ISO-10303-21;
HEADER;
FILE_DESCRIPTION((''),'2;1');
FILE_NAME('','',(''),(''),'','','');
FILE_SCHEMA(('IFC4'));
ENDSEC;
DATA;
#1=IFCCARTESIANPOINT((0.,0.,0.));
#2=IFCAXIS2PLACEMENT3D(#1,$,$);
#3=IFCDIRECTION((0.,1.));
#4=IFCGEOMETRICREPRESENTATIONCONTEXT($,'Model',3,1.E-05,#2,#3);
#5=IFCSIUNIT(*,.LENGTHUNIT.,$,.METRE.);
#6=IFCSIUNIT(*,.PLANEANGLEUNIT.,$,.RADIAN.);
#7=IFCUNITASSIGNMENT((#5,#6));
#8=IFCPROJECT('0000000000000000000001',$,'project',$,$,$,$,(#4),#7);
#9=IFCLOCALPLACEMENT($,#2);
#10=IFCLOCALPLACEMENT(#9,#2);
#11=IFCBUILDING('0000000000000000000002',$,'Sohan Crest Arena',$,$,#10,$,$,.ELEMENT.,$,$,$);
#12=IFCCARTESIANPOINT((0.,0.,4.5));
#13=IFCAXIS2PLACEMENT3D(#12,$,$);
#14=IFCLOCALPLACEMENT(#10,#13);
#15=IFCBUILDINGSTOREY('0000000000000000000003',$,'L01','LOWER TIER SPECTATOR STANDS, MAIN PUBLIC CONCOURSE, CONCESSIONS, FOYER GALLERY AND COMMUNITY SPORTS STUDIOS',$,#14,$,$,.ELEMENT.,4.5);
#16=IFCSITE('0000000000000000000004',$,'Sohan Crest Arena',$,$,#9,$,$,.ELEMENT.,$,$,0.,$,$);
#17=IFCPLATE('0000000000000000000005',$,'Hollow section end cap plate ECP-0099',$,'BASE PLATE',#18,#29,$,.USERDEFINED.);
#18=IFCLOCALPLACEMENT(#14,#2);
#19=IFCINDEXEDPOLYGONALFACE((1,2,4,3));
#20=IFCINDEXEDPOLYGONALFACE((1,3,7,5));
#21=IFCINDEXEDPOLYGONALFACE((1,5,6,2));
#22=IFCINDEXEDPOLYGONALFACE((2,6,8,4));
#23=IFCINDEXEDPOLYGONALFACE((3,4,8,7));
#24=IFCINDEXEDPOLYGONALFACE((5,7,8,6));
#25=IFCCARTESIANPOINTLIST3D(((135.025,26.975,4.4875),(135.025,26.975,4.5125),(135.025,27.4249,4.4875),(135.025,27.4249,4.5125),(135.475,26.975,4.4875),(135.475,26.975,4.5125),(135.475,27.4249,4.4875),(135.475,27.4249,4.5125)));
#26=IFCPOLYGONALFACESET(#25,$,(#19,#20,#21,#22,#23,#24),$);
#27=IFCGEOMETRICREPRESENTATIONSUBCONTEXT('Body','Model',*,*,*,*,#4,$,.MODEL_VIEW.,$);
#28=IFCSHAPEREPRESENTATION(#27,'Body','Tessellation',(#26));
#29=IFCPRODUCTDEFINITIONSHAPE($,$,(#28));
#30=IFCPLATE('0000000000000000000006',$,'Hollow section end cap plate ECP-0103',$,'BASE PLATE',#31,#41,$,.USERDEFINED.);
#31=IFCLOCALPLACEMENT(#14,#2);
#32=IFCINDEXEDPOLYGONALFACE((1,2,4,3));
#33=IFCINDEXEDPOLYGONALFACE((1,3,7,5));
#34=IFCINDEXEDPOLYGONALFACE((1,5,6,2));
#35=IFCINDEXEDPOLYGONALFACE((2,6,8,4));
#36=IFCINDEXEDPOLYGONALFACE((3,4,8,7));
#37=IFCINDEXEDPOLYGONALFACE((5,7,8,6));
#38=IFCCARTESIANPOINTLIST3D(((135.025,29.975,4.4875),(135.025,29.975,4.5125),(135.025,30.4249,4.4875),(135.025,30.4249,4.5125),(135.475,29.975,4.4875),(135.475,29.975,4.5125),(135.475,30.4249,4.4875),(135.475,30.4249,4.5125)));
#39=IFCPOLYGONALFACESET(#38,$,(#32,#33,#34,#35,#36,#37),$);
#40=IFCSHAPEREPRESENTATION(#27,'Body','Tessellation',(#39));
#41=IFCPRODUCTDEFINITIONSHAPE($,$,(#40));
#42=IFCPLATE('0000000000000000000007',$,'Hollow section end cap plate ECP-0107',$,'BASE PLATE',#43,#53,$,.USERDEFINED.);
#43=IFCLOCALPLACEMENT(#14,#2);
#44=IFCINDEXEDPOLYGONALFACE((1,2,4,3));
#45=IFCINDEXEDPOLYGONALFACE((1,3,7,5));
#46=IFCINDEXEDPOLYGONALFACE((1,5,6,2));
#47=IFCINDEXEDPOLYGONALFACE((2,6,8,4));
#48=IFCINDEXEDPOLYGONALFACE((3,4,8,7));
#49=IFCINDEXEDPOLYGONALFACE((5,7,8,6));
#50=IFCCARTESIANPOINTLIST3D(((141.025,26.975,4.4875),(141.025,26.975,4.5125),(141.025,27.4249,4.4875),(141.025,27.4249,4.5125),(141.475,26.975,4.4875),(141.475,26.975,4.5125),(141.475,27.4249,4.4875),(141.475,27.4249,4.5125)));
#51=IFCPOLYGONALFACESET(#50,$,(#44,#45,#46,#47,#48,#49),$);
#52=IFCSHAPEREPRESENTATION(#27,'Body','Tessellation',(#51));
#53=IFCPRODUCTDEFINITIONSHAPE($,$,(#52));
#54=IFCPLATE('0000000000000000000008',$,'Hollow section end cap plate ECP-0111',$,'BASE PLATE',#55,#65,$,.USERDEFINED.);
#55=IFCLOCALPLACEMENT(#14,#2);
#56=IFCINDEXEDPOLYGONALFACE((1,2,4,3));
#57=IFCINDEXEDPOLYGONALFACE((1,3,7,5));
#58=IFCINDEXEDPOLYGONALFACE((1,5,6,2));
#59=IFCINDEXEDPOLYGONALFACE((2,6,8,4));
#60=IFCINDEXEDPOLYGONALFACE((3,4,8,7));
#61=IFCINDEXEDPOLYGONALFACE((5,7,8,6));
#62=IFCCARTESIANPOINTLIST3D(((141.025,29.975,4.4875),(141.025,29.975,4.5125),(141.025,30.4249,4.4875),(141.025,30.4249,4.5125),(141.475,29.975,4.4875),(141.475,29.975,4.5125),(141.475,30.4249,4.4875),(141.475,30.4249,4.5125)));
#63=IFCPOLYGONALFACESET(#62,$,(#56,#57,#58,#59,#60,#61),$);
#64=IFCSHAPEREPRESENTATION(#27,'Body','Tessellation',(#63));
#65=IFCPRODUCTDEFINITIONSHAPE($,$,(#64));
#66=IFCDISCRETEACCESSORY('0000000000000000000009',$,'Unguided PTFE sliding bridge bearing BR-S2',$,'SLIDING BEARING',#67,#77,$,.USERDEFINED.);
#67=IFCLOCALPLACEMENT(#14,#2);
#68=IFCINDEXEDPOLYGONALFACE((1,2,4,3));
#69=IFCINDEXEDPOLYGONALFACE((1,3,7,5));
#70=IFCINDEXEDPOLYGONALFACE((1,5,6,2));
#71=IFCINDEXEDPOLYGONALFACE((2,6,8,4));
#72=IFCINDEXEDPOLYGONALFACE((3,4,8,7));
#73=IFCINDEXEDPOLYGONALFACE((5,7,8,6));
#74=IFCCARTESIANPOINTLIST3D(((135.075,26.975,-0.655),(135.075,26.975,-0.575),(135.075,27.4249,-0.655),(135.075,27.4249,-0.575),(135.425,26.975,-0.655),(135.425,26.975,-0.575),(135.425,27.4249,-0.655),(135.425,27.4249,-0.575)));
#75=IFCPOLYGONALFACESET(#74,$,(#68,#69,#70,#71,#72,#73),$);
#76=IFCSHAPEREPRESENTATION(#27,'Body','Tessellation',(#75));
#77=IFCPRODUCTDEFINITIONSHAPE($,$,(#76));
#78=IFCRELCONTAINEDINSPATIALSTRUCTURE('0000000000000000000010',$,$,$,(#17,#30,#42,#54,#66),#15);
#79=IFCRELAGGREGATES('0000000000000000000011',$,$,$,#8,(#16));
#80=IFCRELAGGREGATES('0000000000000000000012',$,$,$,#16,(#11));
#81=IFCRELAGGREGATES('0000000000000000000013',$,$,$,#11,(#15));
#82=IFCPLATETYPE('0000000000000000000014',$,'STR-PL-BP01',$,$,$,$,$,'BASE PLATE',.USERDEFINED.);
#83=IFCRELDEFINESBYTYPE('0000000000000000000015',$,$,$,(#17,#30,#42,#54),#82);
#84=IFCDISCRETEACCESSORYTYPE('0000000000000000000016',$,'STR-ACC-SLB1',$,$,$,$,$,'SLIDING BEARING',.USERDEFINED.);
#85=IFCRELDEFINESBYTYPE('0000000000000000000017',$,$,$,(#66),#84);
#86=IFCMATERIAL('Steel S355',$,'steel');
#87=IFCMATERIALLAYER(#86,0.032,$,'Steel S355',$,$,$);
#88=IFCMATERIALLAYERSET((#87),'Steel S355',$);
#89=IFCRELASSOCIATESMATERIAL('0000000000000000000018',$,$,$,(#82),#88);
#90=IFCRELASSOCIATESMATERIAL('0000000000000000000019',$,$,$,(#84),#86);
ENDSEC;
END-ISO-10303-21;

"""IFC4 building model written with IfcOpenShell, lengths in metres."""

from ifc_helpers import new_model, si_unit, direction, frame, origin, origin_2d, place, context, subcontext, project, spatial, rectangle, extrude, material, layer, layer_set, type_object, element, save


model = new_model("IFC4")

# Units and contexts
model_context = context("Model", 3, precision=1e-05, world=origin(), true_north=direction((0.0, 1.0)))
body_context = subcontext(model_context, "Body", "Model", "MODEL_VIEW")
ifc_project = project(units=[si_unit("LENGTHUNIT", "METRE"), si_unit("PLANEANGLEUNIT", "RADIAN")], contexts=[model_context])

# Site, building, storey
site_placement = place(None, origin())
site = spatial("IfcSite", under=ifc_project, at=site_placement, Name="Sohan Crest Arena", CompositionType="ELEMENT", RefElevation=0.0)
building_placement = place(site_placement, origin())
building = spatial("IfcBuilding", under=site, at=building_placement, Name="Sohan Crest Arena", CompositionType="ELEMENT")
storey_placement = place(building_placement, frame((0.0, 0.0, 4.5)))
storey = spatial("IfcBuildingStorey", under=building, at=storey_placement, Name="L01", Description="LOWER TIER SPECTATOR STANDS, MAIN PUBLIC CONCOURSE, CONCESSIONS, FOYER GALLERY AND COMMUNITY SPORTS STUDIOS", CompositionType="ELEMENT", Elevation=4.5)

# Shared definitions
ifc_material_1 = material(Name="Steel S355", Category="steel")

# Plates
ifc_layer_1 = layer(ifc_material_1, 0.032, Name="Steel S355")
ifc_layer_set_1 = layer_set([ifc_layer_1], Name="Steel S355")
plate_type_1 = type_object("IfcPlateType", Name="STR-PL-BP01", ElementType="BASE PLATE", PredefinedType="USERDEFINED", material=ifc_layer_set_1)
for number, where, z_axis, x_axis, name in (
    (1, (135.25, 27.2, 4.4875), (0.0, 0.0, 1.0), (1.0, 0.0, 0.0), "Hollow section end cap plate ECP-0099"),
    (2, (135.25, 30.2, 4.4875), (0.0, 0.0, 1.0), (1.0, 0.0, 0.0), "Hollow section end cap plate ECP-0103"),
    (3, (141.25, 27.2, 4.4875), (0.0, 0.0, 1.0), (1.0, 0.0, 0.0), "Hollow section end cap plate ECP-0107"),
    (4, (141.25, 30.2, 4.4875), (0.0, 0.0, 1.0), (1.0, 0.0, 0.0), "Hollow section end cap plate ECP-0111"),
):
    element("IfcPlate", number, at=place(storey_placement, frame(where, z_axis=z_axis, x_axis=x_axis)), inside=storey, type_object=plate_type_1, Name=name, ObjectType="BASE PLATE", PredefinedType="USERDEFINED", context=body_context, shape_type="SweptSolid", body=[
        extrude(rectangle(XDim=0.45, YDim=0.45, at=origin_2d()), origin(), (0.0, 0.0, 1.0), 0.0249),
    ])

# Discrete accessory
discrete_accessory_type = type_object("IfcDiscreteAccessoryType", Name="STR-ACC-SLB1", ElementType="SLIDING BEARING", PredefinedType="USERDEFINED", material=ifc_material_1)
discrete_accessory_placement = place(storey_placement, frame((135.25, 27.2, -0.655), z_axis=(0.0, 0.0, 1.0), x_axis=(1.0, 0.0, 0.0)))
element("IfcDiscreteAccessory", 5, at=discrete_accessory_placement, inside=storey, type_object=discrete_accessory_type, Name="Unguided PTFE sliding bridge bearing BR-S2", ObjectType="SLIDING BEARING", PredefinedType="USERDEFINED", context=body_context, shape_type="SweptSolid", body=[
    extrude(rectangle(XDim=0.3501, YDim=0.45, at=origin_2d()), origin(), (0.0, 0.0, 1.0), 0.0801),
])

save(model, "model.ifc")
